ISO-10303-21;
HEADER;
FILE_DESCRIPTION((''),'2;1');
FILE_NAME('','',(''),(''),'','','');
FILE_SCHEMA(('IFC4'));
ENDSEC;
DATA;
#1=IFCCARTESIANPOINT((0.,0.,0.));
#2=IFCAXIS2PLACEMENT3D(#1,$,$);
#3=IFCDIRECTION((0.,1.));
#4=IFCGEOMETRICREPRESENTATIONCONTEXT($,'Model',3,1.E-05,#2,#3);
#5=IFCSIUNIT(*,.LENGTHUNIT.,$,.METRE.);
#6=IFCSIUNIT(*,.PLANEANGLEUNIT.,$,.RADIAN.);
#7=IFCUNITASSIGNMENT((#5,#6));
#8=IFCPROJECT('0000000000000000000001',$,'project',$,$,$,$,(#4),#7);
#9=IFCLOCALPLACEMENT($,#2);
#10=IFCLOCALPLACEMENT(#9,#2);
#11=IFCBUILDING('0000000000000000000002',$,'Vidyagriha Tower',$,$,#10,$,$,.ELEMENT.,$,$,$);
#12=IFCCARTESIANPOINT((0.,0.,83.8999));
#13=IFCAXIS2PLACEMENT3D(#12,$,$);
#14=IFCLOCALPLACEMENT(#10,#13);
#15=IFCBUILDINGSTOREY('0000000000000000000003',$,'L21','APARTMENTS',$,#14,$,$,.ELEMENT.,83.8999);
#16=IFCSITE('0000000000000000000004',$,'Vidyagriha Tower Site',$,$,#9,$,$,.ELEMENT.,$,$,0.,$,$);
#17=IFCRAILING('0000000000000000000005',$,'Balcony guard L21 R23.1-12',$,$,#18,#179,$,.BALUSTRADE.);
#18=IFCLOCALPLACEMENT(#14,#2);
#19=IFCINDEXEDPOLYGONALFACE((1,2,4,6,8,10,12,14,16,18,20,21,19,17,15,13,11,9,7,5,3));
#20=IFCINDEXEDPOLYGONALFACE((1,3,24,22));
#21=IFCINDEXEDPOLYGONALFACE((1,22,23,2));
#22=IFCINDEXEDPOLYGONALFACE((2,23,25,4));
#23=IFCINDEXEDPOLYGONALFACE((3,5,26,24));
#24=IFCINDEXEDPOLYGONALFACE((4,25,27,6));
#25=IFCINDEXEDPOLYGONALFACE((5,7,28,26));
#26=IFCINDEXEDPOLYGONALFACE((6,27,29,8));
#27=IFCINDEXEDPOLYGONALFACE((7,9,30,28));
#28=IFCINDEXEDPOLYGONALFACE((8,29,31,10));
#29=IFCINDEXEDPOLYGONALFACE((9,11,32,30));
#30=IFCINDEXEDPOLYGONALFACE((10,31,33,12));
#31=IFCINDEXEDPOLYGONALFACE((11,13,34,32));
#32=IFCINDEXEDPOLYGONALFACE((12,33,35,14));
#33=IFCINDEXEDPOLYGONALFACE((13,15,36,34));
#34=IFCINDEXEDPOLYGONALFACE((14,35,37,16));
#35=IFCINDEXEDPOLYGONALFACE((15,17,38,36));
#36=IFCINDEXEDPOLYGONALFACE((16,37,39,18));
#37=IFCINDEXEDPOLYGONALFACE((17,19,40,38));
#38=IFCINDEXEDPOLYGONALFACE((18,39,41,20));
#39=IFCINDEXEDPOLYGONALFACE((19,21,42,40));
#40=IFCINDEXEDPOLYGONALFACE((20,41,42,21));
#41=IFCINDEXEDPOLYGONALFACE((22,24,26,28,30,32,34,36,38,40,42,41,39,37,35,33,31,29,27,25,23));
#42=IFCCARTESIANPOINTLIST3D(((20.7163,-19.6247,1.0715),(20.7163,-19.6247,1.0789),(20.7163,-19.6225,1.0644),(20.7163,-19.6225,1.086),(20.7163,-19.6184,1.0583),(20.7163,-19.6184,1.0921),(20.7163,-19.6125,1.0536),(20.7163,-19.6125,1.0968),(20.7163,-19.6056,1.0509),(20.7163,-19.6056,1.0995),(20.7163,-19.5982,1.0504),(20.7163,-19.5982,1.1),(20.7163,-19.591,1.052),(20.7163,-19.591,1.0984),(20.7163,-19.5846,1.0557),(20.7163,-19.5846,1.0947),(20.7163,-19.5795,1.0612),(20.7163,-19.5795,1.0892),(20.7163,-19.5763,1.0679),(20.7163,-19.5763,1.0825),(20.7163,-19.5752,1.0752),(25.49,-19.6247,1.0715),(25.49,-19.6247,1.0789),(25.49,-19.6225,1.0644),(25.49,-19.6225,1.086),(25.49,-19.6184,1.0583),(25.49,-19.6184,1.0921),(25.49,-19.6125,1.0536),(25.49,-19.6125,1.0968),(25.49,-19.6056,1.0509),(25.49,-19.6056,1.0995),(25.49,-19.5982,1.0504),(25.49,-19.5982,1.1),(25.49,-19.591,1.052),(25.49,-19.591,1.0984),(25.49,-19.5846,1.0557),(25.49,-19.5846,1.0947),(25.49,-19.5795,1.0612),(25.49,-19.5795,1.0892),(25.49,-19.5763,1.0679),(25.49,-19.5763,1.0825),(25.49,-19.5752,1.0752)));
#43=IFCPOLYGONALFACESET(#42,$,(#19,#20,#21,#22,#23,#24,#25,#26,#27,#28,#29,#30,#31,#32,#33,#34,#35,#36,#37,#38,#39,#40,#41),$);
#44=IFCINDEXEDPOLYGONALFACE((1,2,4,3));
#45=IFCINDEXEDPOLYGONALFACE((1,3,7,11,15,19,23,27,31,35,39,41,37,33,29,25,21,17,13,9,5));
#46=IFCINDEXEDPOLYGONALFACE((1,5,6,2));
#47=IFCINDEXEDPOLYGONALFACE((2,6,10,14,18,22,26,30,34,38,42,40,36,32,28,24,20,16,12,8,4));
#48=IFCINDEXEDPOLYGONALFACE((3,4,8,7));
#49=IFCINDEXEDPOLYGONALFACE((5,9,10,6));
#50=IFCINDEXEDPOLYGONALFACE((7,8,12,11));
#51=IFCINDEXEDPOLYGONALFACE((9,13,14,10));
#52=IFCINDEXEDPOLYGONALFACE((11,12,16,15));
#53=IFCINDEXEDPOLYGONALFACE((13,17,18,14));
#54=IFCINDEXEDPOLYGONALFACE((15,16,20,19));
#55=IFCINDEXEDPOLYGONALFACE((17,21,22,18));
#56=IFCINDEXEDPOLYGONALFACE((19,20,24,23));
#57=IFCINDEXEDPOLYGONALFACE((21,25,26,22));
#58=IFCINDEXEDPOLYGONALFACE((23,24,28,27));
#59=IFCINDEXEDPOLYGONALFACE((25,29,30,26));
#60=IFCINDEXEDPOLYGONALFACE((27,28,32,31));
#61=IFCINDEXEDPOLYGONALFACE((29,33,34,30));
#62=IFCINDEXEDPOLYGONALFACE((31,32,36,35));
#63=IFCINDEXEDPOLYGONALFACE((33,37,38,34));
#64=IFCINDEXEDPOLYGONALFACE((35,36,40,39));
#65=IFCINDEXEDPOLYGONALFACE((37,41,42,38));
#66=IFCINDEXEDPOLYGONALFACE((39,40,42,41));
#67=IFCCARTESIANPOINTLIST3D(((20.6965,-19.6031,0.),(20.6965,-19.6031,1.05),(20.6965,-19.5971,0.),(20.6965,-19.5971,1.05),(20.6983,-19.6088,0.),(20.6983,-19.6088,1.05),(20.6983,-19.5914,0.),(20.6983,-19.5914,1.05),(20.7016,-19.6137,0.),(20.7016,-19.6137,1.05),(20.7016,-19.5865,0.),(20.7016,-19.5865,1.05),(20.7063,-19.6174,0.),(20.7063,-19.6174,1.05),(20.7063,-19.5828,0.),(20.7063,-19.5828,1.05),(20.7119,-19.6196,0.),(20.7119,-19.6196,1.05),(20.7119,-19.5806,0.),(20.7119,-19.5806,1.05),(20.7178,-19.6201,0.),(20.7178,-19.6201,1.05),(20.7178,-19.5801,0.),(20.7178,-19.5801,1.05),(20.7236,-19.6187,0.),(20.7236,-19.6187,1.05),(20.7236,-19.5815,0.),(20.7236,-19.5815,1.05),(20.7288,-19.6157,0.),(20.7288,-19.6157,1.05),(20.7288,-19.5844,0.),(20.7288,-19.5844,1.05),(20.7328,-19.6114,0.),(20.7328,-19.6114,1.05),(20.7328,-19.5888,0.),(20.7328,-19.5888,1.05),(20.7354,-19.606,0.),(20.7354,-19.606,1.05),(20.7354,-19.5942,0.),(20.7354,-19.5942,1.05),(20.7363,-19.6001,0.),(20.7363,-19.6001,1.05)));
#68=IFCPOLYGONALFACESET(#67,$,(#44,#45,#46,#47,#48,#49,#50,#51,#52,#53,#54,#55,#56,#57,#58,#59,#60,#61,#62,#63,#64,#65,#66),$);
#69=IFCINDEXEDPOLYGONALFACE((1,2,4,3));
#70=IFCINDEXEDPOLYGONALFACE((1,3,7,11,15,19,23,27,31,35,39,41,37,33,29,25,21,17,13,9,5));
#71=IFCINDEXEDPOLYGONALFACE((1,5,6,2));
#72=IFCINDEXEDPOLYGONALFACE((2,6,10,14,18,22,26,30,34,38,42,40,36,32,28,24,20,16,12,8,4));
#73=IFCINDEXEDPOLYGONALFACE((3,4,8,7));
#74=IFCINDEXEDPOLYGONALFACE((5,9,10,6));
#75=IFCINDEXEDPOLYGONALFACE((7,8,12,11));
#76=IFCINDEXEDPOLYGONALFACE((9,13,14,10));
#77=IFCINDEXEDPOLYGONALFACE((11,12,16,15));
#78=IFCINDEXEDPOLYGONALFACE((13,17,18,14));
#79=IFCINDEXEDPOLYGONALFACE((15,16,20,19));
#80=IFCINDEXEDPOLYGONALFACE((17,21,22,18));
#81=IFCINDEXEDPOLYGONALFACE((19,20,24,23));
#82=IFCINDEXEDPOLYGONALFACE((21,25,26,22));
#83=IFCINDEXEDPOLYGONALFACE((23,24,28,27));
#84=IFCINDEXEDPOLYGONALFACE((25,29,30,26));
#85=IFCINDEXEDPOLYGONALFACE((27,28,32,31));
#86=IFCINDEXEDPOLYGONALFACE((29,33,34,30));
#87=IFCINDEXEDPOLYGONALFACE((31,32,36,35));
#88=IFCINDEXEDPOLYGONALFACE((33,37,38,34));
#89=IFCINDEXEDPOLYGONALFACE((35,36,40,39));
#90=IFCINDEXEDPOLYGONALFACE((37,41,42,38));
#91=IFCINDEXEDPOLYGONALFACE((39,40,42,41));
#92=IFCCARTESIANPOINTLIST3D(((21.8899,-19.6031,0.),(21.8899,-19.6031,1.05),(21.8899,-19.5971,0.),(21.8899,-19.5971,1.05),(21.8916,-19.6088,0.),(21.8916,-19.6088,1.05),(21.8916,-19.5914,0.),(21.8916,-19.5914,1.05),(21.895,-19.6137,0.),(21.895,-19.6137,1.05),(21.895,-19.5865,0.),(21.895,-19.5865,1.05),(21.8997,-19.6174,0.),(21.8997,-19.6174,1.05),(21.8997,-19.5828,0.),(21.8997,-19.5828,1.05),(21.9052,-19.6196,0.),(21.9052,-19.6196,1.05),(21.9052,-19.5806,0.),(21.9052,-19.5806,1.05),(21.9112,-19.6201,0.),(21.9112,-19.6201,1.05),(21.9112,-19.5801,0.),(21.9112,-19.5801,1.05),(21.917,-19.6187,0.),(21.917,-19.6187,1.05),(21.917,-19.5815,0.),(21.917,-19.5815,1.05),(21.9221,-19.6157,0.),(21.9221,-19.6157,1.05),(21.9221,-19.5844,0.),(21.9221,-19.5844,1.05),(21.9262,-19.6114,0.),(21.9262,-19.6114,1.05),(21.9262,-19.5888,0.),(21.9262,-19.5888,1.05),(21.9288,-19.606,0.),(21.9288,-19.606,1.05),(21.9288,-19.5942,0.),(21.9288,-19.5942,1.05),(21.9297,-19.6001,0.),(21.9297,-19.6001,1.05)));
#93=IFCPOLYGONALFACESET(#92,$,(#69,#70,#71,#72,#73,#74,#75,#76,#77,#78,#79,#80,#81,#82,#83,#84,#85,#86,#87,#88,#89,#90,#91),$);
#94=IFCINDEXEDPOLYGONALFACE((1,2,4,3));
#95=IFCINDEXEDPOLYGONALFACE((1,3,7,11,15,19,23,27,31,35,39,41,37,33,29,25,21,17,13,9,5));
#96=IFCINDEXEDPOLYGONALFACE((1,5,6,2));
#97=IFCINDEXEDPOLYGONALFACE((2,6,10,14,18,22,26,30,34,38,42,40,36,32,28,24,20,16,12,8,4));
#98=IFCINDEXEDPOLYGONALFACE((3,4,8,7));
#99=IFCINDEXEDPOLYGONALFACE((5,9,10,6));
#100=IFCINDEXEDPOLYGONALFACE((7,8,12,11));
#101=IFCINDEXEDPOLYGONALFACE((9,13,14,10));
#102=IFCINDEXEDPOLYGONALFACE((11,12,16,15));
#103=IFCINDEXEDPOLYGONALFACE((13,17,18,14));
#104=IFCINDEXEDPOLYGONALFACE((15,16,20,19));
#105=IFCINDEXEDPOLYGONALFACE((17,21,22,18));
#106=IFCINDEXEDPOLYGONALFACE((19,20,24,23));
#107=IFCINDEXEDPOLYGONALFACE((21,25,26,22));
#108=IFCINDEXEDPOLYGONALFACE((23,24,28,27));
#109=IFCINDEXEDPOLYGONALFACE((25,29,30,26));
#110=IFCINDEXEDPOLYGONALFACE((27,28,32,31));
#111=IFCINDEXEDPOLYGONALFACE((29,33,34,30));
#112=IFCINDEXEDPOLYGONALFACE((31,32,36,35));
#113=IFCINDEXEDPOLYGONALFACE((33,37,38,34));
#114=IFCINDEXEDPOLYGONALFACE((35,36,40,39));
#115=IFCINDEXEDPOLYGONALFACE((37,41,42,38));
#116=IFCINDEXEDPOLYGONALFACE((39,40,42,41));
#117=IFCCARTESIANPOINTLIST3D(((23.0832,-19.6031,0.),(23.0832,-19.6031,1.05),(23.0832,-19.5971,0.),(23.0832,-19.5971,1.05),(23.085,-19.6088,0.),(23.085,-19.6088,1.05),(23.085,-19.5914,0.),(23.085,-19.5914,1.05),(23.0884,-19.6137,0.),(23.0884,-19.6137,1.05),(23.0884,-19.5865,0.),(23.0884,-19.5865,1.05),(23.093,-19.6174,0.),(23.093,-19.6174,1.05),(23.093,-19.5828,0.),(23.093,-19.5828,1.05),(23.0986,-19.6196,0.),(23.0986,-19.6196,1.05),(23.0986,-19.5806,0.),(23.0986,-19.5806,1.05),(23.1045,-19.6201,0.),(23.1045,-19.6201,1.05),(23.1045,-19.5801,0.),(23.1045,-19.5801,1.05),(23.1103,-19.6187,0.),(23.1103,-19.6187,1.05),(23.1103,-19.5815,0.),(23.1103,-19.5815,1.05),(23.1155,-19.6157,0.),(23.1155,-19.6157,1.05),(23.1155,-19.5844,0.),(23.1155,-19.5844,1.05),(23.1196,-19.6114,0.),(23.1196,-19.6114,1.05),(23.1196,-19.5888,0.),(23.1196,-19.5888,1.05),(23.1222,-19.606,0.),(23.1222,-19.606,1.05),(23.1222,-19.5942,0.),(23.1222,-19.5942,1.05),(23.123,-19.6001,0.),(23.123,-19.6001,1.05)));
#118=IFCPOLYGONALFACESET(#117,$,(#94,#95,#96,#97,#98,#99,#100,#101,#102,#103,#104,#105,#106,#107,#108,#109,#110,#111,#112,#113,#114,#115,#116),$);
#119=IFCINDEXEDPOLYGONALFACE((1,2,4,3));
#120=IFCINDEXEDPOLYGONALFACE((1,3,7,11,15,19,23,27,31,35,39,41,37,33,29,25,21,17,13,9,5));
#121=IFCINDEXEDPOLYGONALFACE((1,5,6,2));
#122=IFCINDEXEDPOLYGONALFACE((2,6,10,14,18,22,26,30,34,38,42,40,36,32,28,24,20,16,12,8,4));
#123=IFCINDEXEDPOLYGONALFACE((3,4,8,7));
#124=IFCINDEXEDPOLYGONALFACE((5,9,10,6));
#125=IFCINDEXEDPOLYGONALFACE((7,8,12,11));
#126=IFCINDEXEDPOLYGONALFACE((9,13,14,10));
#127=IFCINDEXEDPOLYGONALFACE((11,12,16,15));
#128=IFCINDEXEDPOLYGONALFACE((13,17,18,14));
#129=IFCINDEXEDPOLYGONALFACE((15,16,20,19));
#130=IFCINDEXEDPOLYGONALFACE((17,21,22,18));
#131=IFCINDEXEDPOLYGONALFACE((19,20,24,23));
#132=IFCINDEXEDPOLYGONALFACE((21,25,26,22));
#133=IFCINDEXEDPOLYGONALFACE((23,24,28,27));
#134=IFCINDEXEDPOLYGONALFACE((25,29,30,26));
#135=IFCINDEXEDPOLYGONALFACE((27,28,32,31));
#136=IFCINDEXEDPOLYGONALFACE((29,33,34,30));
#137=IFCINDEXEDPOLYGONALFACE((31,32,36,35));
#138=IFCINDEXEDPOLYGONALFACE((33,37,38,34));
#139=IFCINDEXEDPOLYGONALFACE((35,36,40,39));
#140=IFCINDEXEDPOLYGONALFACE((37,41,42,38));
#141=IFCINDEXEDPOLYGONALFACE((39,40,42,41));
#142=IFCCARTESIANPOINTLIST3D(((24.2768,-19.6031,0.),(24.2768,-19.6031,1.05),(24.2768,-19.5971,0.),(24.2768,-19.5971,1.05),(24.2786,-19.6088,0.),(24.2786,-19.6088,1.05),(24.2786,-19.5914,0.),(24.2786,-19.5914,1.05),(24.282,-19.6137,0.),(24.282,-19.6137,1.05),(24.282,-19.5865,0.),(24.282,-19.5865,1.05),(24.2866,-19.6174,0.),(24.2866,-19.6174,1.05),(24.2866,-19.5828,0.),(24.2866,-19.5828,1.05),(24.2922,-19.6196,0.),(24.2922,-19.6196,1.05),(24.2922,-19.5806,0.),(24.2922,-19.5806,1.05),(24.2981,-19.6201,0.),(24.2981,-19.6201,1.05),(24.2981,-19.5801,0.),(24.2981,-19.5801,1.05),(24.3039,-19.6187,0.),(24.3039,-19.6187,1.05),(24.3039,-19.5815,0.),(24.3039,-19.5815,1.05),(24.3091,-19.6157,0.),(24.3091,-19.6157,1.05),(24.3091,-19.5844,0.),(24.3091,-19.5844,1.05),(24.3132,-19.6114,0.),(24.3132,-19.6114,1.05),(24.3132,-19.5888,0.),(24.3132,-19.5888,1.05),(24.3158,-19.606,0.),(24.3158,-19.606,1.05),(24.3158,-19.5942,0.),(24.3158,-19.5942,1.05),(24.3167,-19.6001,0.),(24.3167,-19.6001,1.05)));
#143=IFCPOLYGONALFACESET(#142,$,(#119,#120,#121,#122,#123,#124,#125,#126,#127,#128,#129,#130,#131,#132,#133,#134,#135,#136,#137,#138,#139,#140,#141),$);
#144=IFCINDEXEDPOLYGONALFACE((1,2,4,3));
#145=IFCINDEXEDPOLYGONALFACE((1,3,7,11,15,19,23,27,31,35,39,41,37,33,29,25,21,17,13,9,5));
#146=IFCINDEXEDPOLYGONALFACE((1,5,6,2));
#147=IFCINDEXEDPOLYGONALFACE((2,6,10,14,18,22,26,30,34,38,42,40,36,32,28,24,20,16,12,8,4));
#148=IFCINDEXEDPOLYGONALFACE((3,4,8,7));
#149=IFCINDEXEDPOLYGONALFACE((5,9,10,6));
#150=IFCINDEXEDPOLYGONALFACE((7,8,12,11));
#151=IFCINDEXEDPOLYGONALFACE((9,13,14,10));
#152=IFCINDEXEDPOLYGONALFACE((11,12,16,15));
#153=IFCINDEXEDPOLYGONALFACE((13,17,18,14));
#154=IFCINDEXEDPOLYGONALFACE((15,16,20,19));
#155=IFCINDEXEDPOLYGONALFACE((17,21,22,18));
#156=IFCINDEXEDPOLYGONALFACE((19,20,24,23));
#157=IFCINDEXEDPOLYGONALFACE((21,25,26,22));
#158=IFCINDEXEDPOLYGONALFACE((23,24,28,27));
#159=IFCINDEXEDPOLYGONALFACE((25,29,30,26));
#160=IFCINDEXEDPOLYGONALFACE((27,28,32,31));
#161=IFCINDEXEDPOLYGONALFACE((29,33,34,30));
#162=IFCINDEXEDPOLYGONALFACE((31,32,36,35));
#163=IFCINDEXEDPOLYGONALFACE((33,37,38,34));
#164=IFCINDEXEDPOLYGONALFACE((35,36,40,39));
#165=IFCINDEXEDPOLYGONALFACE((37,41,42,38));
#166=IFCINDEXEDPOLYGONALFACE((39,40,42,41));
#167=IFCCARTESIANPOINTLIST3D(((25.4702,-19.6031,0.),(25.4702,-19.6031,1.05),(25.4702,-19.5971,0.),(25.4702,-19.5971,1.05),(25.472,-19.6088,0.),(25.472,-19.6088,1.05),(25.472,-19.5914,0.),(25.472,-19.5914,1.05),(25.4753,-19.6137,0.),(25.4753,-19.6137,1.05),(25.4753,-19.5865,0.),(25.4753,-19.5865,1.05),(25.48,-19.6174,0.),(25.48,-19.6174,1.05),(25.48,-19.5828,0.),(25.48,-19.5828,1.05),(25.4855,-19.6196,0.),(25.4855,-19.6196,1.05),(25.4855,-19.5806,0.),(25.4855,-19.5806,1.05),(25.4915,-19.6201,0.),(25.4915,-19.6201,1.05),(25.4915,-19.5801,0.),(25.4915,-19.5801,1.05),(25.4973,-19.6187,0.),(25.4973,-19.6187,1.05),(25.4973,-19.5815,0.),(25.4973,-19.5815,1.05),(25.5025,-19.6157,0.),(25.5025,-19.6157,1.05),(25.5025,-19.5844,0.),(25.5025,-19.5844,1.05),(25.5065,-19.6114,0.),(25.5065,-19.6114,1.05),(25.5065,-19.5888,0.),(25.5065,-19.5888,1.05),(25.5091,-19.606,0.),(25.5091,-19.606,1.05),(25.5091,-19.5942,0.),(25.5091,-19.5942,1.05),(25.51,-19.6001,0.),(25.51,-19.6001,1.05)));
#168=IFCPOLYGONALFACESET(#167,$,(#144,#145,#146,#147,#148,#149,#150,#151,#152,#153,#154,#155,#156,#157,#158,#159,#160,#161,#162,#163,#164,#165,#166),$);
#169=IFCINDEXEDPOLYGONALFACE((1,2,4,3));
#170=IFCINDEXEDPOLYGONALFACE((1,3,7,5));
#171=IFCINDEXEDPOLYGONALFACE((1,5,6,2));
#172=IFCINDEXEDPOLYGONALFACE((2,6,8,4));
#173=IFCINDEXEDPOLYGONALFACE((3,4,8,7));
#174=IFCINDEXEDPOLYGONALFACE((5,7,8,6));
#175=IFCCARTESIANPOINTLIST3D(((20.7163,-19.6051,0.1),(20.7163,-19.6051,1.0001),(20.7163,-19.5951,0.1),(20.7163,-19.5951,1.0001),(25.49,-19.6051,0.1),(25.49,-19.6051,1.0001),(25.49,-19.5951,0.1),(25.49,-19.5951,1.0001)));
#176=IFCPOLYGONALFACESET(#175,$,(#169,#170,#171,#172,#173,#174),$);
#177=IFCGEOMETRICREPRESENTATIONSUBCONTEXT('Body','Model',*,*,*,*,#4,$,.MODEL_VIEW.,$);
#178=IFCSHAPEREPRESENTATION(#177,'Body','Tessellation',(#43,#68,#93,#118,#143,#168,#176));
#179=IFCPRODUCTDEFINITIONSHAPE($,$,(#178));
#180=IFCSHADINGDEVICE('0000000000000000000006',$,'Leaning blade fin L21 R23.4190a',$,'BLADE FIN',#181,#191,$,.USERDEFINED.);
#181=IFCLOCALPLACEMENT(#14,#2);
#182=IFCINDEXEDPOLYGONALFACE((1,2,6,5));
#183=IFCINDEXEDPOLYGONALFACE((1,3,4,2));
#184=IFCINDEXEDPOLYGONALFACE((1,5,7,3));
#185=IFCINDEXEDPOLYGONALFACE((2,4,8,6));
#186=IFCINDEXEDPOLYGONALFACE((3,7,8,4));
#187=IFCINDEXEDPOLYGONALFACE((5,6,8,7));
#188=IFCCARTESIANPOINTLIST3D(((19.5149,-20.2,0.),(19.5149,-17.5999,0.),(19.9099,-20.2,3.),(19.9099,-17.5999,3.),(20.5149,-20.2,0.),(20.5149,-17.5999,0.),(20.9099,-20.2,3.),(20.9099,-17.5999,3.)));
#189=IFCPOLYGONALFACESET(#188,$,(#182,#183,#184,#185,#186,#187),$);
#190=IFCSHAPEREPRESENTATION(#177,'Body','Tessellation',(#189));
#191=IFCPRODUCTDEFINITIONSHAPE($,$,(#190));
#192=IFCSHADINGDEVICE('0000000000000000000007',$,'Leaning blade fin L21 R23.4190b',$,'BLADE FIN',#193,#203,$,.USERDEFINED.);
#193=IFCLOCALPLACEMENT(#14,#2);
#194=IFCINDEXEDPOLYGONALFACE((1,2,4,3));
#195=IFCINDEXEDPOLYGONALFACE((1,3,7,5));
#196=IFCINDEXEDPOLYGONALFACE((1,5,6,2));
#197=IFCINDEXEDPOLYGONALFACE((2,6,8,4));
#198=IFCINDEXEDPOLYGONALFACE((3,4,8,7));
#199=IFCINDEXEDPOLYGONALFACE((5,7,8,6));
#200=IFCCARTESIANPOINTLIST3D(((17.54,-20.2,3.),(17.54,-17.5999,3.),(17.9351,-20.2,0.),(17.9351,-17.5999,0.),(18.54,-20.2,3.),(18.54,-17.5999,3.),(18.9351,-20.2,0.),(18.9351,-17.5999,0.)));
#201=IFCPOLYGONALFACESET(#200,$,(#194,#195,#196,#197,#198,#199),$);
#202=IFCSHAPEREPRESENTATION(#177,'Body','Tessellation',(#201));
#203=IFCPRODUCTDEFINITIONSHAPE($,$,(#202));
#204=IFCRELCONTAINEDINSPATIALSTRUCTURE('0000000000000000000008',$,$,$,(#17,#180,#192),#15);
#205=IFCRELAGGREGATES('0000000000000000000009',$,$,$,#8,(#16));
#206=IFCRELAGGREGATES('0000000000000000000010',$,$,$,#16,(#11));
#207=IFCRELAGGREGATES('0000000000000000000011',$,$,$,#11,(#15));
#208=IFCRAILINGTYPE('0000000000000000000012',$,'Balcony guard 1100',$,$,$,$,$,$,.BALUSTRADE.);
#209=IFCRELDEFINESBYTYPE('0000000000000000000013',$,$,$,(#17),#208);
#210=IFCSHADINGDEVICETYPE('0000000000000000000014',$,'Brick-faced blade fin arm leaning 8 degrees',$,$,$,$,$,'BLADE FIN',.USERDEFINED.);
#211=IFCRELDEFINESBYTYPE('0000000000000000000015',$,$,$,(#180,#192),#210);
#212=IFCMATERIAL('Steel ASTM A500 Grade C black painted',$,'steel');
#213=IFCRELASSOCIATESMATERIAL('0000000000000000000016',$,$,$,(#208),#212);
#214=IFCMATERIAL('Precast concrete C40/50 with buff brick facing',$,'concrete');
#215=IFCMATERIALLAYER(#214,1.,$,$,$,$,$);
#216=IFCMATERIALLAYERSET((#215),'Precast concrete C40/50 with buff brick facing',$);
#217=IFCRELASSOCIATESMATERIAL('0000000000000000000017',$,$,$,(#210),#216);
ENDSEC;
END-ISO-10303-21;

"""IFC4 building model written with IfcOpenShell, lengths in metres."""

from ifc_helpers import new_model, si_unit, direction, frame, origin, origin_2d, place, context, subcontext, project, spatial, polyline, rectangle, circle, outline, extrude, material, layer, layer_set, type_object, element, save


model = new_model("IFC4")

# Units and contexts
model_context = context("Model", 3, precision=1e-05, world=origin(), true_north=direction((0.0, 1.0)))
body_context = subcontext(model_context, "Body", "Model", "MODEL_VIEW")
ifc_project = project(units=[si_unit("LENGTHUNIT", "METRE"), si_unit("PLANEANGLEUNIT", "RADIAN")], contexts=[model_context])

# Site, building, storey
site_placement = place(None, origin())
site = spatial("IfcSite", under=ifc_project, at=site_placement, Name="Vidyagriha Tower Site", CompositionType="ELEMENT", RefElevation=0.0)
building_placement = place(site_placement, origin())
building = spatial("IfcBuilding", under=site, at=building_placement, Name="Vidyagriha Tower", CompositionType="ELEMENT")
storey_placement = place(building_placement, frame((0.0, 0.0, 83.8999)))
storey = spatial("IfcBuildingStorey", under=building, at=storey_placement, Name="L21", Description="APARTMENTS", CompositionType="ELEMENT", Elevation=83.8999)

# Railing
ifc_material_1 = material(Name="Steel ASTM A500 Grade C black painted", Category="steel")
railing_type = type_object("IfcRailingType", Name="Balcony guard 1100", PredefinedType="BALUSTRADE", material=ifc_material_1)
railing_1_placement = place(storey_placement, frame((20.7163, -19.6001, 0.0)))
element("IfcRailing", 1, at=railing_1_placement, inside=storey, type_object=railing_type, Name="Balcony guard L21 R23.1-12", PredefinedType="BALUSTRADE", context=body_context, shape_type="SweptSolid", body=[
    extrude(circle(Radius=0.0249, at=origin_2d()), frame((0.0, 0.0, 1.0752), z_axis=(1.0, 0.0, 0.0), x_axis=(0.0, 1.0, 0.0)), (0.0, 0.0, 1.0), 4.7737),
    extrude(circle(Radius=0.02, at=origin_2d()), origin(), (0.0, 0.0, 1.0), 1.05),
    extrude(circle(Radius=0.02, at=origin_2d()), frame((1.1934, 0.0, 0.0)), (0.0, 0.0, 1.0), 1.05),
    extrude(circle(Radius=0.02, at=origin_2d()), frame((2.3867, 0.0, 0.0)), (0.0, 0.0, 1.0), 1.05),
    extrude(circle(Radius=0.02, at=origin_2d()), frame((3.5803, 0.0, 0.0)), (0.0, 0.0, 1.0), 1.05),
    extrude(circle(Radius=0.02, at=origin_2d()), frame((4.7737, 0.0, 0.0)), (0.0, 0.0, 1.0), 1.05),
    extrude(rectangle(XDim=0.01, YDim=0.9001, at=origin_2d()), frame((0.0, 0.0, 0.55), z_axis=(1.0, 0.0, 0.0), x_axis=(0.0, 1.0, 0.0)), (0.0, 0.0, 1.0), 4.7737),
])

# Shading devices
ifc_material_2 = material(Name="Precast concrete C40/50 with buff brick facing", Category="concrete")
ifc_layer_1 = layer(ifc_material_2, 1.0)
ifc_layer_set_1 = layer_set([ifc_layer_1], Name="Precast concrete C40/50 with buff brick facing")
shading_device_type = type_object("IfcShadingDeviceType", Name="Brick-faced blade fin arm leaning 8 degrees", ElementType="BLADE FIN", PredefinedType="USERDEFINED", material=ifc_layer_set_1)
shading_device_1_placement = place(storey_placement, frame((19.5149, -18.8999, 0.0)))
element("IfcShadingDevice", 2, at=shading_device_1_placement, inside=storey, type_object=shading_device_type, Name="Leaning blade fin L21 R23.4190a", ObjectType="BLADE FIN", PredefinedType="USERDEFINED", context=body_context, shape_type="SweptSolid", body=[
    extrude(outline(polyline([(0.0, 0.0), (1.0, 0.0), (1.395, 3.0), (0.395, 3.0), (0.0, 0.0)])), frame((0.0, 1.3, 0.0), z_axis=(0.0, -1.0, 0.0), x_axis=(1.0, 0.0, 0.0)), (0.0, 0.0, 1.0), 2.6001),
])
shading_device_2_placement = place(storey_placement, frame((17.54, -18.8999, 0.0)))
element("IfcShadingDevice", 3, at=shading_device_2_placement, inside=storey, type_object=shading_device_type, Name="Leaning blade fin L21 R23.4190b", ObjectType="BLADE FIN", PredefinedType="USERDEFINED", context=body_context, shape_type="SweptSolid", body=[
    extrude(outline(polyline([(0.395, 0.0), (1.395, 0.0), (1.0, 3.0), (0.0, 3.0), (0.395, 0.0)])), frame((0.0, 1.3, 0.0), z_axis=(0.0, -1.0, 0.0), x_axis=(1.0, 0.0, 0.0)), (0.0, 0.0, 1.0), 2.6001),
])

save(model, "model.ifc")
